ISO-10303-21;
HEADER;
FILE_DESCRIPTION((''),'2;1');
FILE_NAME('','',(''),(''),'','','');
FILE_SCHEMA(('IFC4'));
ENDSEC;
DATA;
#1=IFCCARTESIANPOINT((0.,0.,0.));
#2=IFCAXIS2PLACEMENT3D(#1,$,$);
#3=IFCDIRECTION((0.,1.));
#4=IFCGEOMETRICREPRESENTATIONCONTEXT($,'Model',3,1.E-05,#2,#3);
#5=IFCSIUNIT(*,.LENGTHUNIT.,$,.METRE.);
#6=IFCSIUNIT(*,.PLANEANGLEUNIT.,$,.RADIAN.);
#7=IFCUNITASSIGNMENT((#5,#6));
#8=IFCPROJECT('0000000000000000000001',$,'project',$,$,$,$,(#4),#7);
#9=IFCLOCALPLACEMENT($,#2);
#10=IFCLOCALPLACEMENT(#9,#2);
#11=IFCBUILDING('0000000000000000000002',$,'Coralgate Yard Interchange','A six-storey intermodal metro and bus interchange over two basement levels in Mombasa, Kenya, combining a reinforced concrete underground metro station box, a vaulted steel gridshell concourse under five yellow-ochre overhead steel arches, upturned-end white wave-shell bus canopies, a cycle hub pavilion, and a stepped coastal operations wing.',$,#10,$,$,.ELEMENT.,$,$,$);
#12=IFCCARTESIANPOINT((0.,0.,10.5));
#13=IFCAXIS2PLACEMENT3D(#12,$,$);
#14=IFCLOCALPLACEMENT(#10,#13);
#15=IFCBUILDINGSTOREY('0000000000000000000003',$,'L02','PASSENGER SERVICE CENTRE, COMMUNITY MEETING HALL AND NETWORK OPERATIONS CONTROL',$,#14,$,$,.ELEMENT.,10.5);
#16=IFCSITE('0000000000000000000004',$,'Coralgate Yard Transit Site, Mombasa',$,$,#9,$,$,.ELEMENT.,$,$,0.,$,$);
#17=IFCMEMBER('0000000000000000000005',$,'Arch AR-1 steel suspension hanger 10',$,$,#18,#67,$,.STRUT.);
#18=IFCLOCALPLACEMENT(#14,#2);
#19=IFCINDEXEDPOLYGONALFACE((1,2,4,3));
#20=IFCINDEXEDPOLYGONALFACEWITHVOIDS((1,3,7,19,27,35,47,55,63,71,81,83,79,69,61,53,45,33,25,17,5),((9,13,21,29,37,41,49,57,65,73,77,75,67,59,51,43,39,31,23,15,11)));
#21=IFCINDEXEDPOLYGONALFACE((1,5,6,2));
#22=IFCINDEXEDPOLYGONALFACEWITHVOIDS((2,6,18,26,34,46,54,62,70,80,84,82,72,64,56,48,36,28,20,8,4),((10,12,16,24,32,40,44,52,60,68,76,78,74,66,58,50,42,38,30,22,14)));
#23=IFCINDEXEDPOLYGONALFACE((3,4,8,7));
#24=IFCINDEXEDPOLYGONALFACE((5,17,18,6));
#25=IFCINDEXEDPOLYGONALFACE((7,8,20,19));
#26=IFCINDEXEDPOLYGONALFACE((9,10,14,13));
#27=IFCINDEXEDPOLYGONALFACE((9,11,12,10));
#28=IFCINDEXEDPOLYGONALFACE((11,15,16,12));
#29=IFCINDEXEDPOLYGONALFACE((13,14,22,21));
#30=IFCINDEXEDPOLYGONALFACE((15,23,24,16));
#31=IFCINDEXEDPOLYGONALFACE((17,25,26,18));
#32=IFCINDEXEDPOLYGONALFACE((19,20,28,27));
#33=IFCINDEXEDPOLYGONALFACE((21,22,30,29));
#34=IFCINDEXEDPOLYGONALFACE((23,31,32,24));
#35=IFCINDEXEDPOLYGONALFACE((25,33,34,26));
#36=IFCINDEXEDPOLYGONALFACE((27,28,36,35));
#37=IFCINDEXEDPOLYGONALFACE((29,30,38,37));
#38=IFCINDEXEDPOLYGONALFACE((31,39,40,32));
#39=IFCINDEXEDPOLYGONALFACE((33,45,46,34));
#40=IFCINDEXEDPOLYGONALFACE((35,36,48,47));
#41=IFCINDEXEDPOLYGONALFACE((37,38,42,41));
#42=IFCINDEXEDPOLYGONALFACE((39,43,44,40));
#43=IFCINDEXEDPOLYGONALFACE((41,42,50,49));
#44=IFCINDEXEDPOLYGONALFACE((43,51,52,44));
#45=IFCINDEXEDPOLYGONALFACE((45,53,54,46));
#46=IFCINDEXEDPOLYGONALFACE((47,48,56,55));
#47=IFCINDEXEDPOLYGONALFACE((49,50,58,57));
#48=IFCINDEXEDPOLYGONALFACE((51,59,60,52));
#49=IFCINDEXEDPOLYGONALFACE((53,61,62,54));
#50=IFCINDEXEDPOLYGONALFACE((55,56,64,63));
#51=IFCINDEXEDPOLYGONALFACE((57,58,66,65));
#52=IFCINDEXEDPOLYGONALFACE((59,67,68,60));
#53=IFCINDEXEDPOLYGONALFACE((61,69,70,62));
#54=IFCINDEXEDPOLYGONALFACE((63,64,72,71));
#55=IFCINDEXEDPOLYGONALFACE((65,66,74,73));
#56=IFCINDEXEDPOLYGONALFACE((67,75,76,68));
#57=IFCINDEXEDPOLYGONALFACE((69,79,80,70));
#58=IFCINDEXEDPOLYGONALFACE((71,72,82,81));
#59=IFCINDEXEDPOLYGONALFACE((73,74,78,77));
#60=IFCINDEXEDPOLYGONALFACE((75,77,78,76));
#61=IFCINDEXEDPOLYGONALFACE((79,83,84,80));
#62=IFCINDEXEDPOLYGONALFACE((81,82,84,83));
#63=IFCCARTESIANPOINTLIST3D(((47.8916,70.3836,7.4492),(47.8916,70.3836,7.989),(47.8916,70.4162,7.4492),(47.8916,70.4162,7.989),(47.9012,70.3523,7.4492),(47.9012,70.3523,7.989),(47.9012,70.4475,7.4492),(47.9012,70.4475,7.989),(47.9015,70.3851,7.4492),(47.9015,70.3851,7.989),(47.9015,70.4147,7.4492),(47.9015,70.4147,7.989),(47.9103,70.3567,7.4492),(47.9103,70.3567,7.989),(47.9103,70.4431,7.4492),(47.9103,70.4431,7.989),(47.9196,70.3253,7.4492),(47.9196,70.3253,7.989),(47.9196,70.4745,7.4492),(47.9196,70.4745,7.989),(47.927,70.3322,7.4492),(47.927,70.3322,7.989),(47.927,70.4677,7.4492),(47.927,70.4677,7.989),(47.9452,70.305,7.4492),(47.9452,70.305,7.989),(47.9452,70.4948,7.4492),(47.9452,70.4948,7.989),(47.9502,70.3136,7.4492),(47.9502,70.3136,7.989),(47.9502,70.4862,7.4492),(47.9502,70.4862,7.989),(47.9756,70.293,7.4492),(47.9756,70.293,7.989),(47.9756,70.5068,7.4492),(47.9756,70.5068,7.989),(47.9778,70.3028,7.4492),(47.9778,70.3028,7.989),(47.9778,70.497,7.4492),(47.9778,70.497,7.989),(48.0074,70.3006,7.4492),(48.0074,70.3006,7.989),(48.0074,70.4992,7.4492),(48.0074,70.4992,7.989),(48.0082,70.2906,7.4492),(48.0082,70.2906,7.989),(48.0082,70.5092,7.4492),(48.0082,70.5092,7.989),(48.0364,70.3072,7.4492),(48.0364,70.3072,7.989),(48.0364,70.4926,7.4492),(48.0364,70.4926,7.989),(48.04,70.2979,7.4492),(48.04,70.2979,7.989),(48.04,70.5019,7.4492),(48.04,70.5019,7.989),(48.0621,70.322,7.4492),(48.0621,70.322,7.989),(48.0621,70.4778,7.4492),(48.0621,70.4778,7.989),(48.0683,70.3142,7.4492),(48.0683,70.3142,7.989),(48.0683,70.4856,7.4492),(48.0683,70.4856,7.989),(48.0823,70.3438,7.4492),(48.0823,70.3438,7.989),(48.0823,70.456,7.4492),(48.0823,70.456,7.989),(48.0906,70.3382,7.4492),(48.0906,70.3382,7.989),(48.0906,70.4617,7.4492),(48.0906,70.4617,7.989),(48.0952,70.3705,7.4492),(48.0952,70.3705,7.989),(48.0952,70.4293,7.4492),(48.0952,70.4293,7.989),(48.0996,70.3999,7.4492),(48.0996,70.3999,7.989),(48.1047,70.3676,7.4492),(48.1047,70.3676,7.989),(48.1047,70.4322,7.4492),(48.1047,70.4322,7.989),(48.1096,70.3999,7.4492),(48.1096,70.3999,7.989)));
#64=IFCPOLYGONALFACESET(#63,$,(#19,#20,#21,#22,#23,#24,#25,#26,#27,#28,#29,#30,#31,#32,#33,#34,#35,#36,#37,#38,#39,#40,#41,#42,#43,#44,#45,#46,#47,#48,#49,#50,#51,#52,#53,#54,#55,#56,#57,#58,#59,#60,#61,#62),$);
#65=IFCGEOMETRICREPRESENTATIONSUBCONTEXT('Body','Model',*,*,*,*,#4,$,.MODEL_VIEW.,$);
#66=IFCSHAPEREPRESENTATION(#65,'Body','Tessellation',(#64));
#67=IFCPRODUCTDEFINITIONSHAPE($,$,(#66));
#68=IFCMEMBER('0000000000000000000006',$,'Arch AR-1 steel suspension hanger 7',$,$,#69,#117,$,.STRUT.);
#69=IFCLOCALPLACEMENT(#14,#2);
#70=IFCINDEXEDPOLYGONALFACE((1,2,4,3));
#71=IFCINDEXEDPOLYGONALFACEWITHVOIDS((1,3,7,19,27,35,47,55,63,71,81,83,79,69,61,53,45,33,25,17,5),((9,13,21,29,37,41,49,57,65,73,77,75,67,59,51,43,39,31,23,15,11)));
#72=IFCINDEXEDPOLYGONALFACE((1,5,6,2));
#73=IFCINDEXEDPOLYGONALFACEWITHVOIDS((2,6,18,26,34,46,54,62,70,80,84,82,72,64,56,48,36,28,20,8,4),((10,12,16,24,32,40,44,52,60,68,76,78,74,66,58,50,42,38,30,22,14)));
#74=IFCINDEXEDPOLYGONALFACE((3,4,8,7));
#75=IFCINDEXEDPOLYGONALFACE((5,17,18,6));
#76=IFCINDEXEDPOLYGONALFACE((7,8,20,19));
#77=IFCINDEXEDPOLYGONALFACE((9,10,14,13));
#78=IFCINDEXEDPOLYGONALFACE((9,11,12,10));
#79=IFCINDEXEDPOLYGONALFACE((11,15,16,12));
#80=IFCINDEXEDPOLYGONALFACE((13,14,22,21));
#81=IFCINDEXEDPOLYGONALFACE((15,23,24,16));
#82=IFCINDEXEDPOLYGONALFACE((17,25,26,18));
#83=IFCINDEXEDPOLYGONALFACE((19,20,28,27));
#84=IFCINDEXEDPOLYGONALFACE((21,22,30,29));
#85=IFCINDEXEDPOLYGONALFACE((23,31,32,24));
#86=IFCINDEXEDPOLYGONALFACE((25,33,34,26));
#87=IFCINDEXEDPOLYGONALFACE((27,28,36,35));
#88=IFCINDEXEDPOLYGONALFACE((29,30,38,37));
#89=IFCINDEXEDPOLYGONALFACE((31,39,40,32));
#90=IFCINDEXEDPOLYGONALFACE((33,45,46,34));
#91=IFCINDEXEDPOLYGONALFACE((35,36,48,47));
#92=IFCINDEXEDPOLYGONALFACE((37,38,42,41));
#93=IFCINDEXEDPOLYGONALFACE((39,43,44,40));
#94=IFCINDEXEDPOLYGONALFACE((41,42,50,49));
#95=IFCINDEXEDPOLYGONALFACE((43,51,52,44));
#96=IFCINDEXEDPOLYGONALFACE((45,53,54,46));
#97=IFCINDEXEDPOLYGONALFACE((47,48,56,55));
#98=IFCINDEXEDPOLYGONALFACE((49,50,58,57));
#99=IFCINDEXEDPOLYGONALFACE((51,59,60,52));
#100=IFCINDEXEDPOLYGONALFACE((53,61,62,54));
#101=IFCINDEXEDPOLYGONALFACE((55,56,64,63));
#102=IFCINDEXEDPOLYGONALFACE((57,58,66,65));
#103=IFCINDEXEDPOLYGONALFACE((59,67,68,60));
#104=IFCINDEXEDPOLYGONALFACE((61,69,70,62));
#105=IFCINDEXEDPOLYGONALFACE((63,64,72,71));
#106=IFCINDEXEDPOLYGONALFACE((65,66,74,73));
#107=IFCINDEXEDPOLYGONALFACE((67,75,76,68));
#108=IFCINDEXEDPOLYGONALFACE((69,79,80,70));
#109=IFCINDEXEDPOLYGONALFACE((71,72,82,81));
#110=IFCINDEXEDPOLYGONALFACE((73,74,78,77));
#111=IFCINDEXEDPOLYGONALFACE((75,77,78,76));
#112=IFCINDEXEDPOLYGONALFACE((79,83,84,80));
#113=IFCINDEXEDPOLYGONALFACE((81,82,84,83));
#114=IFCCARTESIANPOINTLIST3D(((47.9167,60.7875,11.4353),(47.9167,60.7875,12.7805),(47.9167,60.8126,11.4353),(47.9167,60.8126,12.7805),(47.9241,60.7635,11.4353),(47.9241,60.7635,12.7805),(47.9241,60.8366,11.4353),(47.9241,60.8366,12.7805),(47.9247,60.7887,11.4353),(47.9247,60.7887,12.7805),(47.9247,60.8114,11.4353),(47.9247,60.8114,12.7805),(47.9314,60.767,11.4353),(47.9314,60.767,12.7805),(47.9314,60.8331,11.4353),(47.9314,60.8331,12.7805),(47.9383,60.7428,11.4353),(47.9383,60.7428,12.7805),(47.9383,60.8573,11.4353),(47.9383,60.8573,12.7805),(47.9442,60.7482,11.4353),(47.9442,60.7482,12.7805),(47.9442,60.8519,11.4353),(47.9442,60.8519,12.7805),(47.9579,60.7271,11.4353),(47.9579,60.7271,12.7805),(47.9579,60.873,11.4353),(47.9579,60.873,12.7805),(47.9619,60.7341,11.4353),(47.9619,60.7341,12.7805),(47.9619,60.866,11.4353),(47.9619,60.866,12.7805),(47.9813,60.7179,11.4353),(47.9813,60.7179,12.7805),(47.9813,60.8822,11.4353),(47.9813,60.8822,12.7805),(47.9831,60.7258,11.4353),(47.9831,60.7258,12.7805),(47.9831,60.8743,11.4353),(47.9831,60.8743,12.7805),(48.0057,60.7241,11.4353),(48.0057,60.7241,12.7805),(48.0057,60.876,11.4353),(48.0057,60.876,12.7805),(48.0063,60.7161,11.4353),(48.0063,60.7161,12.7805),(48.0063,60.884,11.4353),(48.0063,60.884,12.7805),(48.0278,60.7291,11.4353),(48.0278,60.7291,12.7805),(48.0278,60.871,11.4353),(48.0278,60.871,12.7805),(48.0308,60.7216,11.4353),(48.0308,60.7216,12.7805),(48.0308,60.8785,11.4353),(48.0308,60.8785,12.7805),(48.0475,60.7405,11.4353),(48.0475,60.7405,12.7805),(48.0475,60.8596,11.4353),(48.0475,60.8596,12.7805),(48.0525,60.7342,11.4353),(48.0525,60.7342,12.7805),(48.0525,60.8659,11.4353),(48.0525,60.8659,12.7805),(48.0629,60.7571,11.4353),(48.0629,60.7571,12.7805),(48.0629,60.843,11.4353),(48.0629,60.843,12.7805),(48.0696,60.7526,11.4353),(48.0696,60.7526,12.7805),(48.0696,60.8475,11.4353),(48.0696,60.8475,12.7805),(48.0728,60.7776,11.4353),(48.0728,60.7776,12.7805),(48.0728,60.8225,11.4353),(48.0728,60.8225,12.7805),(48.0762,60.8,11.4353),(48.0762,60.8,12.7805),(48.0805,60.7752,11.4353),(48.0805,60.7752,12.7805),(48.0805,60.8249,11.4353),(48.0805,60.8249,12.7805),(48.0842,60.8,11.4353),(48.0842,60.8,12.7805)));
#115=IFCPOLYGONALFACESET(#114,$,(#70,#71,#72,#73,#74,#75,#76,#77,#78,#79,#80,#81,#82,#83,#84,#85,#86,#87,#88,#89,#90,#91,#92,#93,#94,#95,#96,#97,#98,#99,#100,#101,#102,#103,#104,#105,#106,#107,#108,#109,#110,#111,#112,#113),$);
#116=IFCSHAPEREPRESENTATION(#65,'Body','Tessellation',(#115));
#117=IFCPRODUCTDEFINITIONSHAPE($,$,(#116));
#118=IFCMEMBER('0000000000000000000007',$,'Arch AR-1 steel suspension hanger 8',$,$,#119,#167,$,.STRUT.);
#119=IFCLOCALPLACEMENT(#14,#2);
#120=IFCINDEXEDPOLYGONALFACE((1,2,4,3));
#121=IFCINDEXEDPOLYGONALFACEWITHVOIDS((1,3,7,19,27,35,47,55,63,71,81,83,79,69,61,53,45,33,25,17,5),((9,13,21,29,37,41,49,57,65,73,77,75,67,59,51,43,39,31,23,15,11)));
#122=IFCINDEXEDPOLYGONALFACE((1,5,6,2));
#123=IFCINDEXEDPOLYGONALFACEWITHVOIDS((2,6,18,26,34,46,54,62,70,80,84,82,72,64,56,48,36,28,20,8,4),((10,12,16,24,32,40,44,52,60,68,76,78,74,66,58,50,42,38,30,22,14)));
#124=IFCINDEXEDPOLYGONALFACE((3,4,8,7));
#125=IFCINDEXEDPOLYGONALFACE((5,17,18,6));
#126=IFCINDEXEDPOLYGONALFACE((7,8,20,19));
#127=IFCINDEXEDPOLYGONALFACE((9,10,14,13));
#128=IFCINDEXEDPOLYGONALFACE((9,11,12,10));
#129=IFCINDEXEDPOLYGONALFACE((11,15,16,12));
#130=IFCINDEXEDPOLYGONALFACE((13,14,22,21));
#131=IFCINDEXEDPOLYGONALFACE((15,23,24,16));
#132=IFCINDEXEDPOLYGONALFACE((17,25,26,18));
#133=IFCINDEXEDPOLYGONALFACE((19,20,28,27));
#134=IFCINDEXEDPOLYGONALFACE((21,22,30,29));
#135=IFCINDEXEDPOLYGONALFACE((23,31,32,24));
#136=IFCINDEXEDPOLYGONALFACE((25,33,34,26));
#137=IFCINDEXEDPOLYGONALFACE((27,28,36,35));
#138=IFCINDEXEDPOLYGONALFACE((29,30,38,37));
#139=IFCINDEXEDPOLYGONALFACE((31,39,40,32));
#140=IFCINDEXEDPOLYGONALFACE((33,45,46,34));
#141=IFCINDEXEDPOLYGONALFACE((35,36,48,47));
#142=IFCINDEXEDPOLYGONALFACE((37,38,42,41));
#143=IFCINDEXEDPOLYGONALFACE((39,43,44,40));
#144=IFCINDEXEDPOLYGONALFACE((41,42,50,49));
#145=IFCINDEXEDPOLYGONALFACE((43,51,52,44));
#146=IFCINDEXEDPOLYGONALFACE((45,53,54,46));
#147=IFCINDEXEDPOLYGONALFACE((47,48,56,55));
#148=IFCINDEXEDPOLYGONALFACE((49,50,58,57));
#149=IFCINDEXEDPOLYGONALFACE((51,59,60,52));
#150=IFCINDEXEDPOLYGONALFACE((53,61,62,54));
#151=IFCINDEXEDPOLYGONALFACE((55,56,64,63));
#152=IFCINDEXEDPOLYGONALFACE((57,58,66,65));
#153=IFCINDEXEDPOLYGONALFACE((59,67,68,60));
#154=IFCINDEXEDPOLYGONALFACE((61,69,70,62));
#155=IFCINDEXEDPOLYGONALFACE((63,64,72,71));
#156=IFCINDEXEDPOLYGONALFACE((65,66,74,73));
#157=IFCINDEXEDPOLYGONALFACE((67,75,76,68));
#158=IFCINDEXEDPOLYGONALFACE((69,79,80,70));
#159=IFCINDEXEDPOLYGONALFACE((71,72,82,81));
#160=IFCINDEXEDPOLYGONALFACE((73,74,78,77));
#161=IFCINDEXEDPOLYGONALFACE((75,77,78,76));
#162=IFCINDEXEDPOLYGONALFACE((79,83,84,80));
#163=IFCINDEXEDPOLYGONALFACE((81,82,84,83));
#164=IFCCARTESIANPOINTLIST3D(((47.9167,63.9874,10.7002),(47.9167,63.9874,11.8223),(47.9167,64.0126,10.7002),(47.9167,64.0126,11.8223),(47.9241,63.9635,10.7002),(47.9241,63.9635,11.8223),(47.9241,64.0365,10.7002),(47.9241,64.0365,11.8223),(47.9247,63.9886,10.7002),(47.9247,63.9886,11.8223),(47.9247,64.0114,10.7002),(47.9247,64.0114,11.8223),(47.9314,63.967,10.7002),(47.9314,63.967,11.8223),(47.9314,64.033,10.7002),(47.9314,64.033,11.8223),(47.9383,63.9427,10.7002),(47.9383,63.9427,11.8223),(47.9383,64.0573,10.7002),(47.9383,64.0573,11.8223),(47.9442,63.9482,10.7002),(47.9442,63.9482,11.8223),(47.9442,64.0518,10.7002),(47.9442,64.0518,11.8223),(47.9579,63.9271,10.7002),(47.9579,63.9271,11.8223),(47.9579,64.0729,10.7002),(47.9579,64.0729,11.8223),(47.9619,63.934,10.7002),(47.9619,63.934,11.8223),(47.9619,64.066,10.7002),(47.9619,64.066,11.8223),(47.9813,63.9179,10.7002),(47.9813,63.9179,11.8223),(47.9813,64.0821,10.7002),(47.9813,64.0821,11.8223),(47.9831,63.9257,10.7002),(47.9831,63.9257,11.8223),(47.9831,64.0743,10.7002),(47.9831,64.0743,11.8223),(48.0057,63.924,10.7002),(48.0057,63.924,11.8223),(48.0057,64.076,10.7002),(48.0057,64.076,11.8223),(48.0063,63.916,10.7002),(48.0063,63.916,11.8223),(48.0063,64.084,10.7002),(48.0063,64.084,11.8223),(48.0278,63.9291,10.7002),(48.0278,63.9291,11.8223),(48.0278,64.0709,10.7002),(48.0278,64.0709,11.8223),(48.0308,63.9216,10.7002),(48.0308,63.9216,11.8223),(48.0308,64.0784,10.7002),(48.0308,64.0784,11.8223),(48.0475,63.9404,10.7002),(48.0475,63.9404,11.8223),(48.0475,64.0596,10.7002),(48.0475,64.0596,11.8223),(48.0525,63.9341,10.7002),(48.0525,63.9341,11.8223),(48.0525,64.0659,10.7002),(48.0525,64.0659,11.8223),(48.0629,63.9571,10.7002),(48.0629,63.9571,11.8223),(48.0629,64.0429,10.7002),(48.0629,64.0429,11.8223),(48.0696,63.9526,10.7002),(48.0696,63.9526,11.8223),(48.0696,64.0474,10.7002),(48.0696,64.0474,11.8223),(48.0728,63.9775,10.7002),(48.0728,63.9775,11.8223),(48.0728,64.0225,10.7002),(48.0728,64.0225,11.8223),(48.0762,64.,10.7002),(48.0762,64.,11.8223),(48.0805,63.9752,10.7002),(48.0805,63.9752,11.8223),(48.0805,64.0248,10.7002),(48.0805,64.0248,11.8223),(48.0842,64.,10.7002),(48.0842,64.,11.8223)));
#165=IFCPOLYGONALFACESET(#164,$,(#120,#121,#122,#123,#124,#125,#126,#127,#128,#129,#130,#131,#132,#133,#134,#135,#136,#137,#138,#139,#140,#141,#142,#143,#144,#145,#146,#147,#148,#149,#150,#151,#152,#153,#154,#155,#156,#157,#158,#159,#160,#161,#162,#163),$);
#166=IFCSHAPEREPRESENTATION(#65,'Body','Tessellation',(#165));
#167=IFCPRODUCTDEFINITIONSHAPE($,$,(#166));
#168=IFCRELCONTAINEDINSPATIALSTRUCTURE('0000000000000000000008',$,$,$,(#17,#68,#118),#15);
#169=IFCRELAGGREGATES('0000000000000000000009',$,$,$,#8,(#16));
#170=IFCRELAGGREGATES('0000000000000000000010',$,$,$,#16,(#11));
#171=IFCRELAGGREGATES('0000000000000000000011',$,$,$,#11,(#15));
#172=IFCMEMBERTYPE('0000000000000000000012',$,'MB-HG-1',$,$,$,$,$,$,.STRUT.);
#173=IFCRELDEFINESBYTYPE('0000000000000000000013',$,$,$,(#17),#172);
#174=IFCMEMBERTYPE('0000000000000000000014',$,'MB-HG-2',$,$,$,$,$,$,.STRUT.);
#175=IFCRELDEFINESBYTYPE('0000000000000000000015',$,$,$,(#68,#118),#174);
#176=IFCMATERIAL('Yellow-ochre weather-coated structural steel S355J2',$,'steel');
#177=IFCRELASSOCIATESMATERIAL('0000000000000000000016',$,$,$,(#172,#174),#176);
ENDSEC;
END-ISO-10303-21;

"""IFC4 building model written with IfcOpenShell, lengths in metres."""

from ifc_helpers import new_model, si_unit, direction, frame, origin, origin_2d, place, context, subcontext, project, spatial, hollow_circle, extrude, material, material_profile, profile_set, type_object, element, save


model = new_model("IFC4")

# Units and contexts
model_context = context("Model", 3, precision=1e-05, world=origin(), true_north=direction((0.0, 1.0)))
body_context = subcontext(model_context, "Body", "Model", "MODEL_VIEW")
ifc_project = project(units=[si_unit("LENGTHUNIT", "METRE"), si_unit("PLANEANGLEUNIT", "RADIAN")], contexts=[model_context])

# Site, building, storey
site_placement = place(None, origin())
site = spatial("IfcSite", under=ifc_project, at=site_placement, Name="Coralgate Yard Transit Site, Mombasa", CompositionType="ELEMENT", RefElevation=0.0)
building_placement = place(site_placement, origin())
building = spatial("IfcBuilding", under=site, at=building_placement, Name="Coralgate Yard Interchange", Description="A six-storey intermodal metro and bus interchange over two basement levels in Mombasa, Kenya, combining a reinforced concrete underground metro station box, a vaulted steel gridshell concourse under five yellow-ochre overhead steel arches, upturned-end white wave-shell bus canopies, a cycle hub pavilion, and a stepped coastal operations wing.", CompositionType="ELEMENT")
storey_placement = place(building_placement, frame((0.0, 0.0, 10.5)))
storey = spatial("IfcBuildingStorey", under=building, at=storey_placement, Name="L02", Description="PASSENGER SERVICE CENTRE, COMMUNITY MEETING HALL AND NETWORK OPERATIONS CONTROL", CompositionType="ELEMENT", Elevation=10.5)

# Shared definitions
ifc_material_1 = material(Name="Yellow-ochre weather-coated structural steel S355J2", Category="steel")

# Members
ifc_material_profile_1 = material_profile(ifc_material_1, hollow_circle(Radius=0.1096, WallThickness=0.01, at=origin_2d()), Name="CHS 219.1x10")
ifc_profile_set_1 = profile_set([ifc_material_profile_1], Name="Yellow-ochre weather-coated structural steel S355J2")
member_type_1 = type_object("IfcMemberType", Name="MB-HG-1", PredefinedType="STRUT", material=ifc_profile_set_1)
member_1_placement = place(storey_placement, frame((48.0, 70.3999, 7.4492), z_axis=(0.0, 0.0, 1.0), x_axis=(1.0, 0.0, 0.0)))
element("IfcMember", 1, at=member_1_placement, inside=storey, type_object=member_type_1, Name="Arch AR-1 steel suspension hanger 10", PredefinedType="STRUT", context=body_context, shape_type="SweptSolid", body=[
    extrude(hollow_circle(Radius=0.1096, WallThickness=0.01, at=origin_2d()), origin(), (0.0, 0.0, 1.0), 0.5398),
])
ifc_material_profile_2 = material_profile(ifc_material_1, hollow_circle(Radius=0.0842, WallThickness=0.0081, at=origin_2d()), Name="CHS 168.3x8")
ifc_profile_set_2 = profile_set([ifc_material_profile_2], Name="Yellow-ochre weather-coated structural steel S355J2")
member_type_2 = type_object("IfcMemberType", Name="MB-HG-2", PredefinedType="STRUT", material=ifc_profile_set_2)
member_2_placement = place(storey_placement, frame((48.0, 60.8, 11.4353), z_axis=(0.0, 0.0, 1.0), x_axis=(1.0, 0.0, 0.0)))
element("IfcMember", 2, at=member_2_placement, inside=storey, type_object=member_type_2, Name="Arch AR-1 steel suspension hanger 7", PredefinedType="STRUT", context=body_context, shape_type="SweptSolid", body=[
    extrude(hollow_circle(Radius=0.0842, WallThickness=0.0081, at=origin_2d()), origin(), (0.0, 0.0, 1.0), 1.3452),
])
member_3_placement = place(storey_placement, frame((48.0, 64.0, 10.7002), z_axis=(0.0, 0.0, 1.0), x_axis=(1.0, 0.0, 0.0)))
element("IfcMember", 3, at=member_3_placement, inside=storey, type_object=member_type_2, Name="Arch AR-1 steel suspension hanger 8", PredefinedType="STRUT", context=body_context, shape_type="SweptSolid", body=[
    extrude(hollow_circle(Radius=0.0842, WallThickness=0.0081, at=origin_2d()), origin(), (0.0, 0.0, 1.0), 1.1221),
])

save(model, "model.ifc")
